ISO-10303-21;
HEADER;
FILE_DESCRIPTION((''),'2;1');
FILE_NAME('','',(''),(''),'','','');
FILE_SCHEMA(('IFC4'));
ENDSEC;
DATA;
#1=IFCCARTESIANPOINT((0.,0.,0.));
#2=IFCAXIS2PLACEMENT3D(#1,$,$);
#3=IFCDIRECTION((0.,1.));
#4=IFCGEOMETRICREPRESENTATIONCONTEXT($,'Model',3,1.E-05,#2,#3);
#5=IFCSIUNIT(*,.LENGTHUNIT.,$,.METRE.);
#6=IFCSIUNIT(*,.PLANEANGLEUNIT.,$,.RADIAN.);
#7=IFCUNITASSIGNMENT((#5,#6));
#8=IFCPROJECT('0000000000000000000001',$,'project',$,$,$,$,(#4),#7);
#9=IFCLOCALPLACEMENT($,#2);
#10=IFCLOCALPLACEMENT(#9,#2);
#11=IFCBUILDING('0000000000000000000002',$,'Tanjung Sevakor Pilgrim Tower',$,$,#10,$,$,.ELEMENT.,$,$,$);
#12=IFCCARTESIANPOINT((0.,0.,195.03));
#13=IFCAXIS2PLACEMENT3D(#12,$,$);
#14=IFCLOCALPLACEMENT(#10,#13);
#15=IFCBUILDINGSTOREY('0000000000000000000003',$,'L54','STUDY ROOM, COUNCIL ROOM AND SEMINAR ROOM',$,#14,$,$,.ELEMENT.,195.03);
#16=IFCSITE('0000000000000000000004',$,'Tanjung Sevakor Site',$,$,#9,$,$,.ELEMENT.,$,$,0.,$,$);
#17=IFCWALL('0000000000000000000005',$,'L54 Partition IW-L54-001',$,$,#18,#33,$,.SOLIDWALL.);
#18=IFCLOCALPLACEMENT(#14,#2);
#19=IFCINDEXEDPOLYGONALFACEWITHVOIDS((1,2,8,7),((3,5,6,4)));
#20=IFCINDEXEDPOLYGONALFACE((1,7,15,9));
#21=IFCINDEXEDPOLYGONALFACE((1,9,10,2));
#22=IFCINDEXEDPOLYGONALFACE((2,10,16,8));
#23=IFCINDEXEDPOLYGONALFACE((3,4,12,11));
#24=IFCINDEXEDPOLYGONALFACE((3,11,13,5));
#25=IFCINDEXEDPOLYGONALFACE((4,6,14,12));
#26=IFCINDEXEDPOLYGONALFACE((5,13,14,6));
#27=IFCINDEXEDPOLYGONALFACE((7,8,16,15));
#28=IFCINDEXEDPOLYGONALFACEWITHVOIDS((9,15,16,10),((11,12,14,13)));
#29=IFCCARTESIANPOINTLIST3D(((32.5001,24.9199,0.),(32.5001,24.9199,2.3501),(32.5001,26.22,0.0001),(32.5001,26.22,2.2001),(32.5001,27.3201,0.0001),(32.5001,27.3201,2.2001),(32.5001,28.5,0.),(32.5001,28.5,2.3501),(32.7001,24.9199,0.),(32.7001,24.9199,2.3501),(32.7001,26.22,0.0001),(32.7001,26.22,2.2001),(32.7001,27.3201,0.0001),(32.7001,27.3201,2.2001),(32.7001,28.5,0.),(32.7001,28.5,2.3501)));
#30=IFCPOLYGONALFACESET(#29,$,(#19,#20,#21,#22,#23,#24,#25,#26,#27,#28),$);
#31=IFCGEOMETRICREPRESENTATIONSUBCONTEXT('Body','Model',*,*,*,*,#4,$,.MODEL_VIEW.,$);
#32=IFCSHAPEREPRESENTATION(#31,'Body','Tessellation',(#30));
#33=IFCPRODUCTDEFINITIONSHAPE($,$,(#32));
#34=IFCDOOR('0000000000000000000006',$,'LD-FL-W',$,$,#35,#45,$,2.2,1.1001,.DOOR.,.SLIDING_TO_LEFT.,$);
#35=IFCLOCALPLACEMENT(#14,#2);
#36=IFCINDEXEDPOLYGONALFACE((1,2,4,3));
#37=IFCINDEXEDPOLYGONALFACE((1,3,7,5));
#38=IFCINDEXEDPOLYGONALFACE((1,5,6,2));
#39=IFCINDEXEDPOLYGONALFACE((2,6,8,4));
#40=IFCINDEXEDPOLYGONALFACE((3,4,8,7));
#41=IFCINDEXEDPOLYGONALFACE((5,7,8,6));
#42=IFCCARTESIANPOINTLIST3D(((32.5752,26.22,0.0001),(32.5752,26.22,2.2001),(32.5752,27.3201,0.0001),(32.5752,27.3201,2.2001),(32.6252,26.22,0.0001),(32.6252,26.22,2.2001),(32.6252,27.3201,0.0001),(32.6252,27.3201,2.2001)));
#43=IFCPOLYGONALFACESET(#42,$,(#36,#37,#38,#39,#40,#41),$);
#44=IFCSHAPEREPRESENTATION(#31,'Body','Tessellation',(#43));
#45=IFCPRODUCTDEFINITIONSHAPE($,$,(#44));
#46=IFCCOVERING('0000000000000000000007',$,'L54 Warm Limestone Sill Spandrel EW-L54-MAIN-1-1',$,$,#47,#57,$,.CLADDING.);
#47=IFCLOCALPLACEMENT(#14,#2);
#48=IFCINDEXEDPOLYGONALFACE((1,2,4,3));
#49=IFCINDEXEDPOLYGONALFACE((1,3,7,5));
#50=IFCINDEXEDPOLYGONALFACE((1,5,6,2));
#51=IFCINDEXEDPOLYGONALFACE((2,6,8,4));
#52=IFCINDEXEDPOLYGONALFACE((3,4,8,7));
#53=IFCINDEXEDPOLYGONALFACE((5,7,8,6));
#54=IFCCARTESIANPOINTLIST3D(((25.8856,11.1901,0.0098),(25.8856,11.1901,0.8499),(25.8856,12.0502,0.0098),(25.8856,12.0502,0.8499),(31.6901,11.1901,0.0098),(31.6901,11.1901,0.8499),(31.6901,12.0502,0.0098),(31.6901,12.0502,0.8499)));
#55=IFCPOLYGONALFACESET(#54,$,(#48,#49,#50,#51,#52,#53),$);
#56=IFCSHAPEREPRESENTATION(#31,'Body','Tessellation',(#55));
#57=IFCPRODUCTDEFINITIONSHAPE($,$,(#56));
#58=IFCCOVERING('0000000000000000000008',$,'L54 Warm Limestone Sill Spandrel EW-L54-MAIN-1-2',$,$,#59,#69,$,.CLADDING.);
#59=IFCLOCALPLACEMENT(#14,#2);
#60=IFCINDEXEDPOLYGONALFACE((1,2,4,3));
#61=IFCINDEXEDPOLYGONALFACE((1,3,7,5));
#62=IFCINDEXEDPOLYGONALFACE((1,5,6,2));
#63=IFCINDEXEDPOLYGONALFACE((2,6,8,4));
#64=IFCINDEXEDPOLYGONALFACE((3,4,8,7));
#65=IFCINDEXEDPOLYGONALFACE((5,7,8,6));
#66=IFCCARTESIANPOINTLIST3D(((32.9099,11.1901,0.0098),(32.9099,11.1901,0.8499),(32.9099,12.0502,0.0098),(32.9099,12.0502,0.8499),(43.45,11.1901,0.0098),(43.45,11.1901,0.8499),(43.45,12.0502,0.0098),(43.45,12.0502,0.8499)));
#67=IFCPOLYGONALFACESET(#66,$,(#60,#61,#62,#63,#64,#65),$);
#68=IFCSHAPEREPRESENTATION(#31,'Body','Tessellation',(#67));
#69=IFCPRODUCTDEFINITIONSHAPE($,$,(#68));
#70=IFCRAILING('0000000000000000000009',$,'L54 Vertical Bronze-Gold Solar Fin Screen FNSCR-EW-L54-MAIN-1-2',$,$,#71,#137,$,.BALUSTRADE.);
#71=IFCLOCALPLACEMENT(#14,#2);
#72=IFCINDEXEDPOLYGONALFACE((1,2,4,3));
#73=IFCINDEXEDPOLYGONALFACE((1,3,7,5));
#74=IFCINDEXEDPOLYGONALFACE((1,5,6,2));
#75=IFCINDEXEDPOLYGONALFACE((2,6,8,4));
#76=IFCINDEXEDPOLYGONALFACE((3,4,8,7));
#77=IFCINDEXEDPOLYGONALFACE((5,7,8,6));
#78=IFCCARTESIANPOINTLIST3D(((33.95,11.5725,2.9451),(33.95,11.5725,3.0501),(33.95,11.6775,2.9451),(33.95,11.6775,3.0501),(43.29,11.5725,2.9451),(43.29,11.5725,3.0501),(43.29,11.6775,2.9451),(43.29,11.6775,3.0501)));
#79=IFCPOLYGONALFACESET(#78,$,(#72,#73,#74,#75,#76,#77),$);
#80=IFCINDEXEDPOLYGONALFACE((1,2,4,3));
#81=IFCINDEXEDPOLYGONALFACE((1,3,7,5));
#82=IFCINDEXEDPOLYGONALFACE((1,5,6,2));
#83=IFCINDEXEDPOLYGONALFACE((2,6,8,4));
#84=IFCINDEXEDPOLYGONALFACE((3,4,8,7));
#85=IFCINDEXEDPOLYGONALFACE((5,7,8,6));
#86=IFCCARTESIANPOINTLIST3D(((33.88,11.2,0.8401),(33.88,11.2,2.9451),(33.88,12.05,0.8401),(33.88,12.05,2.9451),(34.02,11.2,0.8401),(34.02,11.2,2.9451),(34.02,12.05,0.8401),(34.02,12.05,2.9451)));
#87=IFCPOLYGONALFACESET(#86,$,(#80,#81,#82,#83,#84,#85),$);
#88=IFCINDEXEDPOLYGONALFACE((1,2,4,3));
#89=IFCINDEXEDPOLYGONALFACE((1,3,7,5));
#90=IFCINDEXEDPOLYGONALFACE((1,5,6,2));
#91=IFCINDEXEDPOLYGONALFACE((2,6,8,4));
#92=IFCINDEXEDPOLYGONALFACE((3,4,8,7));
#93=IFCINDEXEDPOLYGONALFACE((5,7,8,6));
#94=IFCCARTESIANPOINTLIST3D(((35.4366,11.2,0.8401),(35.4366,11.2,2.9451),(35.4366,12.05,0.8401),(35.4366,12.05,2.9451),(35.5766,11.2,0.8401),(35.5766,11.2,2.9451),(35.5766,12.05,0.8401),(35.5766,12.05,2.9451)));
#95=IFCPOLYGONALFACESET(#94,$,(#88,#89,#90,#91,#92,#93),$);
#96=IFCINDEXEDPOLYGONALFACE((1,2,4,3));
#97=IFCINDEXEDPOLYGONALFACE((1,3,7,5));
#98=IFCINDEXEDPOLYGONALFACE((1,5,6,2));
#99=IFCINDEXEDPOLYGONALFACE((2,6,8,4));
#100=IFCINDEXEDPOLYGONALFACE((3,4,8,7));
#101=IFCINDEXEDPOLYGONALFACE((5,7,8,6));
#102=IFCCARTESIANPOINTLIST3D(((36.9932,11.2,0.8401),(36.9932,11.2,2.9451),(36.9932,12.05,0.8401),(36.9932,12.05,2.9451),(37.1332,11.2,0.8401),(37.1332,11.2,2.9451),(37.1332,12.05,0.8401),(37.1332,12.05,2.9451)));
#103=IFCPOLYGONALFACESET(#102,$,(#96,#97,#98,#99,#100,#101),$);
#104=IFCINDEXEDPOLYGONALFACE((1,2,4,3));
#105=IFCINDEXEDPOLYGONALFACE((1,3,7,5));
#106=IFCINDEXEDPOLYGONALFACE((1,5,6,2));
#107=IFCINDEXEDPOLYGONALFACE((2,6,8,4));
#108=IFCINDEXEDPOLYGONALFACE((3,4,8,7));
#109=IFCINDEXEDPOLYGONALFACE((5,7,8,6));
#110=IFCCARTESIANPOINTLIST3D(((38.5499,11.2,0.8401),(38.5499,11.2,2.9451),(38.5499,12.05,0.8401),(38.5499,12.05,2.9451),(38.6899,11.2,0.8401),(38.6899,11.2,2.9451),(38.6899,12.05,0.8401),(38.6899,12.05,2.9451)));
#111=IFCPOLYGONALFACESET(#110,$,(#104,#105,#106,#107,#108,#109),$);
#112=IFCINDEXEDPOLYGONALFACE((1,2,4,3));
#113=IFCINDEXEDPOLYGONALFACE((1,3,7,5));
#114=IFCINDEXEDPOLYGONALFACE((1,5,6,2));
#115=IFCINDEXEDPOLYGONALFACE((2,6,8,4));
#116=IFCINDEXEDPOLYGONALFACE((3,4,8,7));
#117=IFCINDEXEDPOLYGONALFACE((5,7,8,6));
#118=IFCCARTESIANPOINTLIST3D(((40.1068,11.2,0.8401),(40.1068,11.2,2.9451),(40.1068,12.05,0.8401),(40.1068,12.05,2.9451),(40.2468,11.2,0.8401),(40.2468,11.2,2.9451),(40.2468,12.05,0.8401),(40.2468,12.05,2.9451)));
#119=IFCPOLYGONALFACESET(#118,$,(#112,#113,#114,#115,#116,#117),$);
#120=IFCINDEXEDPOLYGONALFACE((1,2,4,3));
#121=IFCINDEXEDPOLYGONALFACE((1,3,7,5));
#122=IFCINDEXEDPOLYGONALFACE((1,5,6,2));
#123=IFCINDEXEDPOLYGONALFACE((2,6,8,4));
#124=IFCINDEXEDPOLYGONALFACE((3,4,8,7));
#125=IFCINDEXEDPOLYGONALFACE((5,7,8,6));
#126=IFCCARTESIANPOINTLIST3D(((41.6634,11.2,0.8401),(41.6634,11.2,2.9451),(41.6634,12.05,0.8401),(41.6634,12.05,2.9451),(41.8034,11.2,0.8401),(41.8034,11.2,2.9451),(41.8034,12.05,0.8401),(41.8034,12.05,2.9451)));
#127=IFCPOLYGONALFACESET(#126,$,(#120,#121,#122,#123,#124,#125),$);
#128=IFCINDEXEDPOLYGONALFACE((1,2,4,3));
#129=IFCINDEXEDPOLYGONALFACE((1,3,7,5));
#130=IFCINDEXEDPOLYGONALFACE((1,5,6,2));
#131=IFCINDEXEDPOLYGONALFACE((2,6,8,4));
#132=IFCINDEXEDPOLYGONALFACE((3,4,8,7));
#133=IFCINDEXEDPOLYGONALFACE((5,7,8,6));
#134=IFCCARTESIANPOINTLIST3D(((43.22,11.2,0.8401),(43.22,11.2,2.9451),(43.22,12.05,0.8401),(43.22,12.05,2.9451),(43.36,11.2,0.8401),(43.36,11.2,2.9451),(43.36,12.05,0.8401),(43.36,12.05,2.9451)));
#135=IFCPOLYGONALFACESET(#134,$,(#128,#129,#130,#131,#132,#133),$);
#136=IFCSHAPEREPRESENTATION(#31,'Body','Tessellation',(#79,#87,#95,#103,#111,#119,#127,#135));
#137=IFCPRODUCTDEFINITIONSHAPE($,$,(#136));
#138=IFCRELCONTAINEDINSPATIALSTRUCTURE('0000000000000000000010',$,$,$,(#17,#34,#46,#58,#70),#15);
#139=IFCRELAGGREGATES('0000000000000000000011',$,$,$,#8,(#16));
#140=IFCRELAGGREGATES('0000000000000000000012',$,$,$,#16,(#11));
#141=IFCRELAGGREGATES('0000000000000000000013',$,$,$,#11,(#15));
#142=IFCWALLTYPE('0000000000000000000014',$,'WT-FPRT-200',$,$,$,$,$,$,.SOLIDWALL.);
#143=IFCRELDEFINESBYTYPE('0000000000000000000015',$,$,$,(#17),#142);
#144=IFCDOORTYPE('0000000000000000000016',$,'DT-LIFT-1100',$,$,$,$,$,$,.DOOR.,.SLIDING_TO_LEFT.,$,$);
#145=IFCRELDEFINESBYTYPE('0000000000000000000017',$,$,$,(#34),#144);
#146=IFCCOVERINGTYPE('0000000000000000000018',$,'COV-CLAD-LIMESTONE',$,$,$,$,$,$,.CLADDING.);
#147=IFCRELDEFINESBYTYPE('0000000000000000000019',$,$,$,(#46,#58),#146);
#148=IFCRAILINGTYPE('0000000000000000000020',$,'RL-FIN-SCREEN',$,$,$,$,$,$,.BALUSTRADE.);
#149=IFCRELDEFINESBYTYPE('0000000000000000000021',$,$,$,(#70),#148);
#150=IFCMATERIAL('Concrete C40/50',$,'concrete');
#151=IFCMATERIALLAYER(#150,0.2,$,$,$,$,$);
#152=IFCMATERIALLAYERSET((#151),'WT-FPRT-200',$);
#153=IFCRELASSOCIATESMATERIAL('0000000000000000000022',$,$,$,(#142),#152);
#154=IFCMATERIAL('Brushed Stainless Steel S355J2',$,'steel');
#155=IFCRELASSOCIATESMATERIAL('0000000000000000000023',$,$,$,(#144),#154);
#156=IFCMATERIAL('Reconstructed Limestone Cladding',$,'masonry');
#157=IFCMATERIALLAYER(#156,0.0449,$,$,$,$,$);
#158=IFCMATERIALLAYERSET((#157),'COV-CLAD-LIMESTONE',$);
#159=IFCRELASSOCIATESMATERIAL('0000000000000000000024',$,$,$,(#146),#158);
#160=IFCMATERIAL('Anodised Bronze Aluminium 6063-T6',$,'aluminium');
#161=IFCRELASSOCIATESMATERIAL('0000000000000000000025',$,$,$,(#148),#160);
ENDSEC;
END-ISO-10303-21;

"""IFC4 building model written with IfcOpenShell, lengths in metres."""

from ifc_helpers import new_model, si_unit, direction, frame, frame_2d, origin, origin_2d, place, context, subcontext, project, spatial, rectangle, extrude, material, layer, layer_set, type_object, element, fill, save


model = new_model("IFC4")

# Units and contexts
model_context = context("Model", 3, precision=1e-05, world=origin(), true_north=direction((0.0, 1.0)))
body_context = subcontext(model_context, "Body", "Model", "MODEL_VIEW")
ifc_project = project(units=[si_unit("LENGTHUNIT", "METRE"), si_unit("PLANEANGLEUNIT", "RADIAN")], contexts=[model_context])

# Site, building, storey
site_placement = place(None, origin())
site = spatial("IfcSite", under=ifc_project, at=site_placement, Name="Tanjung Sevakor Site", CompositionType="ELEMENT", RefElevation=0.0)
building_placement = place(site_placement, origin())
building = spatial("IfcBuilding", under=site, at=building_placement, Name="Tanjung Sevakor Pilgrim Tower", CompositionType="ELEMENT")
storey_placement = place(building_placement, frame((0.0, 0.0, 195.03)))
storey = spatial("IfcBuildingStorey", under=building, at=storey_placement, Name="L54", Description="STUDY ROOM, COUNCIL ROOM AND SEMINAR ROOM", CompositionType="ELEMENT", Elevation=195.03)

# Wall, opening, door
ifc_material_1 = material(Name="Concrete C40/50", Category="concrete")
ifc_layer_1 = layer(ifc_material_1, 0.2)
ifc_layer_set_1 = layer_set([ifc_layer_1], Name="WT-FPRT-200")
wall_type_1 = type_object("IfcWallType", Name="WT-FPRT-200", PredefinedType="SOLIDWALL", material=ifc_layer_set_1)
wall_1_placement = place(storey_placement, frame((32.6001, 24.9199, 0.0), z_axis=(0.0, 0.0, 1.0), x_axis=(0.0, 1.0, 0.0)))
wall_1 = element("IfcWall", 1, at=wall_1_placement, inside=storey, type_object=wall_type_1, Name="L54 Partition IW-L54-001", PredefinedType="SOLIDWALL", context=body_context, shape_type="SweptSolid", body=[
    extrude(rectangle(XDim=3.5801, YDim=0.2, at=frame_2d((1.79, 0.0))), origin(), (0.0, 0.0, 1.0), 2.3501),
])
opening_1_placement = place(wall_1_placement, frame((1.3, 0.0, 0.0)))
opening_1 = element("IfcOpeningElement", 2, at=opening_1_placement, cuts=wall_1, PredefinedType="OPENING", context=body_context, shape_type="SweptSolid", body=[
    extrude(rectangle(XDim=1.1001, YDim=2.2, at=frame_2d((0.55, 1.1001))), frame((0.0, 0.1099, 0.0), z_axis=(0.0, -1.0, 0.0), x_axis=(1.0, 0.0, 0.0)), (0.0, 0.0, 1.0), 0.22),
])
ifc_material_2 = material(Name="Brushed Stainless Steel S355J2", Category="steel")
door_type_1 = type_object("IfcDoorType", Name="DT-LIFT-1100", OperationType="SLIDING_TO_LEFT", PredefinedType="DOOR", material=ifc_material_2)
door_1_placement = place(opening_1_placement, origin())
door_1 = element("IfcDoor", 3, at=door_1_placement, inside=storey, type_object=door_type_1, Name="LD-FL-W", OperationType="SLIDING_TO_LEFT", OverallHeight=2.2, OverallWidth=1.1001, PredefinedType="DOOR", context=body_context, shape_type="SweptSolid", body=[
    extrude(rectangle(XDim=1.1001, YDim=2.2, at=frame_2d((0.55, 1.1001))), frame((0.0, 0.0249, 0.0), z_axis=(0.0, -1.0, 0.0), x_axis=(1.0, 0.0, 0.0)), (0.0, 0.0, 1.0), 0.05),
])
fill(opening_1, door_1)

# Coverings
ifc_material_3 = material(Name="Reconstructed Limestone Cladding", Category="masonry")
ifc_layer_2 = layer(ifc_material_3, 0.0449)
ifc_layer_set_2 = layer_set([ifc_layer_2], Name="COV-CLAD-LIMESTONE")
covering_type = type_object("IfcCoveringType", Name="COV-CLAD-LIMESTONE", PredefinedType="CLADDING", material=ifc_layer_set_2)
covering_1_placement = place(storey_placement, frame((28.7878, 11.6201, 0.0098), z_axis=(0.0, 0.0, 1.0), x_axis=(1.0, 0.0, 0.0)))
element("IfcCovering", 4, at=covering_1_placement, inside=storey, type_object=covering_type, Name="L54 Warm Limestone Sill Spandrel EW-L54-MAIN-1-1", PredefinedType="CLADDING", context=body_context, shape_type="SweptSolid", body=[
    extrude(rectangle(XDim=5.8044, YDim=0.8601, at=origin_2d()), origin(), (0.0, 0.0, 1.0), 0.8401),
])
covering_2_placement = place(storey_placement, frame((38.1799, 11.6201, 0.0098), z_axis=(0.0, 0.0, 1.0), x_axis=(1.0, 0.0, 0.0)))
element("IfcCovering", 5, at=covering_2_placement, inside=storey, type_object=covering_type, Name="L54 Warm Limestone Sill Spandrel EW-L54-MAIN-1-2", PredefinedType="CLADDING", context=body_context, shape_type="SweptSolid", body=[
    extrude(rectangle(XDim=10.54, YDim=0.8601, at=origin_2d()), origin(), (0.0, 0.0, 1.0), 0.8401),
])

# Railing
ifc_material_4 = material(Name="Anodised Bronze Aluminium 6063-T6", Category="aluminium")
railing_type = type_object("IfcRailingType", Name="RL-FIN-SCREEN", PredefinedType="BALUSTRADE", material=ifc_material_4)
railing_placement = place(storey_placement, frame((33.95, 11.625, 0.8401)))
element("IfcRailing", 6, at=railing_placement, inside=storey, type_object=railing_type, Name="L54 Vertical Bronze-Gold Solar Fin Screen FNSCR-EW-L54-MAIN-1-2", PredefinedType="BALUSTRADE", context=body_context, shape_type="SweptSolid", body=[
    extrude(rectangle(XDim=0.105, YDim=0.105), frame((0.0, 0.0, 2.1575), z_axis=(1.0, 0.0, 0.0), x_axis=(0.0, 1.0, 0.0)), (0.0, 0.0, 1.0), 9.3401),
    extrude(rectangle(XDim=0.14, YDim=0.85), origin(), (0.0, 0.0, 1.0), 2.105),
    extrude(rectangle(XDim=0.14, YDim=0.85), frame((1.5566, 0.0, 0.0)), (0.0, 0.0, 1.0), 2.105),
    extrude(rectangle(XDim=0.14, YDim=0.85), frame((3.1133, 0.0, 0.0)), (0.0, 0.0, 1.0), 2.105),
    extrude(rectangle(XDim=0.14, YDim=0.85), frame((4.6699, 0.0, 0.0)), (0.0, 0.0, 1.0), 2.105),
    extrude(rectangle(XDim=0.14, YDim=0.85), frame((6.2268, 0.0, 0.0)), (0.0, 0.0, 1.0), 2.105),
    extrude(rectangle(XDim=0.14, YDim=0.85), frame((7.7834, 0.0, 0.0)), (0.0, 0.0, 1.0), 2.105),
    extrude(rectangle(XDim=0.14, YDim=0.85), frame((9.3401, 0.0, 0.0)), (0.0, 0.0, 1.0), 2.105),
])

save(model, "model.ifc")
